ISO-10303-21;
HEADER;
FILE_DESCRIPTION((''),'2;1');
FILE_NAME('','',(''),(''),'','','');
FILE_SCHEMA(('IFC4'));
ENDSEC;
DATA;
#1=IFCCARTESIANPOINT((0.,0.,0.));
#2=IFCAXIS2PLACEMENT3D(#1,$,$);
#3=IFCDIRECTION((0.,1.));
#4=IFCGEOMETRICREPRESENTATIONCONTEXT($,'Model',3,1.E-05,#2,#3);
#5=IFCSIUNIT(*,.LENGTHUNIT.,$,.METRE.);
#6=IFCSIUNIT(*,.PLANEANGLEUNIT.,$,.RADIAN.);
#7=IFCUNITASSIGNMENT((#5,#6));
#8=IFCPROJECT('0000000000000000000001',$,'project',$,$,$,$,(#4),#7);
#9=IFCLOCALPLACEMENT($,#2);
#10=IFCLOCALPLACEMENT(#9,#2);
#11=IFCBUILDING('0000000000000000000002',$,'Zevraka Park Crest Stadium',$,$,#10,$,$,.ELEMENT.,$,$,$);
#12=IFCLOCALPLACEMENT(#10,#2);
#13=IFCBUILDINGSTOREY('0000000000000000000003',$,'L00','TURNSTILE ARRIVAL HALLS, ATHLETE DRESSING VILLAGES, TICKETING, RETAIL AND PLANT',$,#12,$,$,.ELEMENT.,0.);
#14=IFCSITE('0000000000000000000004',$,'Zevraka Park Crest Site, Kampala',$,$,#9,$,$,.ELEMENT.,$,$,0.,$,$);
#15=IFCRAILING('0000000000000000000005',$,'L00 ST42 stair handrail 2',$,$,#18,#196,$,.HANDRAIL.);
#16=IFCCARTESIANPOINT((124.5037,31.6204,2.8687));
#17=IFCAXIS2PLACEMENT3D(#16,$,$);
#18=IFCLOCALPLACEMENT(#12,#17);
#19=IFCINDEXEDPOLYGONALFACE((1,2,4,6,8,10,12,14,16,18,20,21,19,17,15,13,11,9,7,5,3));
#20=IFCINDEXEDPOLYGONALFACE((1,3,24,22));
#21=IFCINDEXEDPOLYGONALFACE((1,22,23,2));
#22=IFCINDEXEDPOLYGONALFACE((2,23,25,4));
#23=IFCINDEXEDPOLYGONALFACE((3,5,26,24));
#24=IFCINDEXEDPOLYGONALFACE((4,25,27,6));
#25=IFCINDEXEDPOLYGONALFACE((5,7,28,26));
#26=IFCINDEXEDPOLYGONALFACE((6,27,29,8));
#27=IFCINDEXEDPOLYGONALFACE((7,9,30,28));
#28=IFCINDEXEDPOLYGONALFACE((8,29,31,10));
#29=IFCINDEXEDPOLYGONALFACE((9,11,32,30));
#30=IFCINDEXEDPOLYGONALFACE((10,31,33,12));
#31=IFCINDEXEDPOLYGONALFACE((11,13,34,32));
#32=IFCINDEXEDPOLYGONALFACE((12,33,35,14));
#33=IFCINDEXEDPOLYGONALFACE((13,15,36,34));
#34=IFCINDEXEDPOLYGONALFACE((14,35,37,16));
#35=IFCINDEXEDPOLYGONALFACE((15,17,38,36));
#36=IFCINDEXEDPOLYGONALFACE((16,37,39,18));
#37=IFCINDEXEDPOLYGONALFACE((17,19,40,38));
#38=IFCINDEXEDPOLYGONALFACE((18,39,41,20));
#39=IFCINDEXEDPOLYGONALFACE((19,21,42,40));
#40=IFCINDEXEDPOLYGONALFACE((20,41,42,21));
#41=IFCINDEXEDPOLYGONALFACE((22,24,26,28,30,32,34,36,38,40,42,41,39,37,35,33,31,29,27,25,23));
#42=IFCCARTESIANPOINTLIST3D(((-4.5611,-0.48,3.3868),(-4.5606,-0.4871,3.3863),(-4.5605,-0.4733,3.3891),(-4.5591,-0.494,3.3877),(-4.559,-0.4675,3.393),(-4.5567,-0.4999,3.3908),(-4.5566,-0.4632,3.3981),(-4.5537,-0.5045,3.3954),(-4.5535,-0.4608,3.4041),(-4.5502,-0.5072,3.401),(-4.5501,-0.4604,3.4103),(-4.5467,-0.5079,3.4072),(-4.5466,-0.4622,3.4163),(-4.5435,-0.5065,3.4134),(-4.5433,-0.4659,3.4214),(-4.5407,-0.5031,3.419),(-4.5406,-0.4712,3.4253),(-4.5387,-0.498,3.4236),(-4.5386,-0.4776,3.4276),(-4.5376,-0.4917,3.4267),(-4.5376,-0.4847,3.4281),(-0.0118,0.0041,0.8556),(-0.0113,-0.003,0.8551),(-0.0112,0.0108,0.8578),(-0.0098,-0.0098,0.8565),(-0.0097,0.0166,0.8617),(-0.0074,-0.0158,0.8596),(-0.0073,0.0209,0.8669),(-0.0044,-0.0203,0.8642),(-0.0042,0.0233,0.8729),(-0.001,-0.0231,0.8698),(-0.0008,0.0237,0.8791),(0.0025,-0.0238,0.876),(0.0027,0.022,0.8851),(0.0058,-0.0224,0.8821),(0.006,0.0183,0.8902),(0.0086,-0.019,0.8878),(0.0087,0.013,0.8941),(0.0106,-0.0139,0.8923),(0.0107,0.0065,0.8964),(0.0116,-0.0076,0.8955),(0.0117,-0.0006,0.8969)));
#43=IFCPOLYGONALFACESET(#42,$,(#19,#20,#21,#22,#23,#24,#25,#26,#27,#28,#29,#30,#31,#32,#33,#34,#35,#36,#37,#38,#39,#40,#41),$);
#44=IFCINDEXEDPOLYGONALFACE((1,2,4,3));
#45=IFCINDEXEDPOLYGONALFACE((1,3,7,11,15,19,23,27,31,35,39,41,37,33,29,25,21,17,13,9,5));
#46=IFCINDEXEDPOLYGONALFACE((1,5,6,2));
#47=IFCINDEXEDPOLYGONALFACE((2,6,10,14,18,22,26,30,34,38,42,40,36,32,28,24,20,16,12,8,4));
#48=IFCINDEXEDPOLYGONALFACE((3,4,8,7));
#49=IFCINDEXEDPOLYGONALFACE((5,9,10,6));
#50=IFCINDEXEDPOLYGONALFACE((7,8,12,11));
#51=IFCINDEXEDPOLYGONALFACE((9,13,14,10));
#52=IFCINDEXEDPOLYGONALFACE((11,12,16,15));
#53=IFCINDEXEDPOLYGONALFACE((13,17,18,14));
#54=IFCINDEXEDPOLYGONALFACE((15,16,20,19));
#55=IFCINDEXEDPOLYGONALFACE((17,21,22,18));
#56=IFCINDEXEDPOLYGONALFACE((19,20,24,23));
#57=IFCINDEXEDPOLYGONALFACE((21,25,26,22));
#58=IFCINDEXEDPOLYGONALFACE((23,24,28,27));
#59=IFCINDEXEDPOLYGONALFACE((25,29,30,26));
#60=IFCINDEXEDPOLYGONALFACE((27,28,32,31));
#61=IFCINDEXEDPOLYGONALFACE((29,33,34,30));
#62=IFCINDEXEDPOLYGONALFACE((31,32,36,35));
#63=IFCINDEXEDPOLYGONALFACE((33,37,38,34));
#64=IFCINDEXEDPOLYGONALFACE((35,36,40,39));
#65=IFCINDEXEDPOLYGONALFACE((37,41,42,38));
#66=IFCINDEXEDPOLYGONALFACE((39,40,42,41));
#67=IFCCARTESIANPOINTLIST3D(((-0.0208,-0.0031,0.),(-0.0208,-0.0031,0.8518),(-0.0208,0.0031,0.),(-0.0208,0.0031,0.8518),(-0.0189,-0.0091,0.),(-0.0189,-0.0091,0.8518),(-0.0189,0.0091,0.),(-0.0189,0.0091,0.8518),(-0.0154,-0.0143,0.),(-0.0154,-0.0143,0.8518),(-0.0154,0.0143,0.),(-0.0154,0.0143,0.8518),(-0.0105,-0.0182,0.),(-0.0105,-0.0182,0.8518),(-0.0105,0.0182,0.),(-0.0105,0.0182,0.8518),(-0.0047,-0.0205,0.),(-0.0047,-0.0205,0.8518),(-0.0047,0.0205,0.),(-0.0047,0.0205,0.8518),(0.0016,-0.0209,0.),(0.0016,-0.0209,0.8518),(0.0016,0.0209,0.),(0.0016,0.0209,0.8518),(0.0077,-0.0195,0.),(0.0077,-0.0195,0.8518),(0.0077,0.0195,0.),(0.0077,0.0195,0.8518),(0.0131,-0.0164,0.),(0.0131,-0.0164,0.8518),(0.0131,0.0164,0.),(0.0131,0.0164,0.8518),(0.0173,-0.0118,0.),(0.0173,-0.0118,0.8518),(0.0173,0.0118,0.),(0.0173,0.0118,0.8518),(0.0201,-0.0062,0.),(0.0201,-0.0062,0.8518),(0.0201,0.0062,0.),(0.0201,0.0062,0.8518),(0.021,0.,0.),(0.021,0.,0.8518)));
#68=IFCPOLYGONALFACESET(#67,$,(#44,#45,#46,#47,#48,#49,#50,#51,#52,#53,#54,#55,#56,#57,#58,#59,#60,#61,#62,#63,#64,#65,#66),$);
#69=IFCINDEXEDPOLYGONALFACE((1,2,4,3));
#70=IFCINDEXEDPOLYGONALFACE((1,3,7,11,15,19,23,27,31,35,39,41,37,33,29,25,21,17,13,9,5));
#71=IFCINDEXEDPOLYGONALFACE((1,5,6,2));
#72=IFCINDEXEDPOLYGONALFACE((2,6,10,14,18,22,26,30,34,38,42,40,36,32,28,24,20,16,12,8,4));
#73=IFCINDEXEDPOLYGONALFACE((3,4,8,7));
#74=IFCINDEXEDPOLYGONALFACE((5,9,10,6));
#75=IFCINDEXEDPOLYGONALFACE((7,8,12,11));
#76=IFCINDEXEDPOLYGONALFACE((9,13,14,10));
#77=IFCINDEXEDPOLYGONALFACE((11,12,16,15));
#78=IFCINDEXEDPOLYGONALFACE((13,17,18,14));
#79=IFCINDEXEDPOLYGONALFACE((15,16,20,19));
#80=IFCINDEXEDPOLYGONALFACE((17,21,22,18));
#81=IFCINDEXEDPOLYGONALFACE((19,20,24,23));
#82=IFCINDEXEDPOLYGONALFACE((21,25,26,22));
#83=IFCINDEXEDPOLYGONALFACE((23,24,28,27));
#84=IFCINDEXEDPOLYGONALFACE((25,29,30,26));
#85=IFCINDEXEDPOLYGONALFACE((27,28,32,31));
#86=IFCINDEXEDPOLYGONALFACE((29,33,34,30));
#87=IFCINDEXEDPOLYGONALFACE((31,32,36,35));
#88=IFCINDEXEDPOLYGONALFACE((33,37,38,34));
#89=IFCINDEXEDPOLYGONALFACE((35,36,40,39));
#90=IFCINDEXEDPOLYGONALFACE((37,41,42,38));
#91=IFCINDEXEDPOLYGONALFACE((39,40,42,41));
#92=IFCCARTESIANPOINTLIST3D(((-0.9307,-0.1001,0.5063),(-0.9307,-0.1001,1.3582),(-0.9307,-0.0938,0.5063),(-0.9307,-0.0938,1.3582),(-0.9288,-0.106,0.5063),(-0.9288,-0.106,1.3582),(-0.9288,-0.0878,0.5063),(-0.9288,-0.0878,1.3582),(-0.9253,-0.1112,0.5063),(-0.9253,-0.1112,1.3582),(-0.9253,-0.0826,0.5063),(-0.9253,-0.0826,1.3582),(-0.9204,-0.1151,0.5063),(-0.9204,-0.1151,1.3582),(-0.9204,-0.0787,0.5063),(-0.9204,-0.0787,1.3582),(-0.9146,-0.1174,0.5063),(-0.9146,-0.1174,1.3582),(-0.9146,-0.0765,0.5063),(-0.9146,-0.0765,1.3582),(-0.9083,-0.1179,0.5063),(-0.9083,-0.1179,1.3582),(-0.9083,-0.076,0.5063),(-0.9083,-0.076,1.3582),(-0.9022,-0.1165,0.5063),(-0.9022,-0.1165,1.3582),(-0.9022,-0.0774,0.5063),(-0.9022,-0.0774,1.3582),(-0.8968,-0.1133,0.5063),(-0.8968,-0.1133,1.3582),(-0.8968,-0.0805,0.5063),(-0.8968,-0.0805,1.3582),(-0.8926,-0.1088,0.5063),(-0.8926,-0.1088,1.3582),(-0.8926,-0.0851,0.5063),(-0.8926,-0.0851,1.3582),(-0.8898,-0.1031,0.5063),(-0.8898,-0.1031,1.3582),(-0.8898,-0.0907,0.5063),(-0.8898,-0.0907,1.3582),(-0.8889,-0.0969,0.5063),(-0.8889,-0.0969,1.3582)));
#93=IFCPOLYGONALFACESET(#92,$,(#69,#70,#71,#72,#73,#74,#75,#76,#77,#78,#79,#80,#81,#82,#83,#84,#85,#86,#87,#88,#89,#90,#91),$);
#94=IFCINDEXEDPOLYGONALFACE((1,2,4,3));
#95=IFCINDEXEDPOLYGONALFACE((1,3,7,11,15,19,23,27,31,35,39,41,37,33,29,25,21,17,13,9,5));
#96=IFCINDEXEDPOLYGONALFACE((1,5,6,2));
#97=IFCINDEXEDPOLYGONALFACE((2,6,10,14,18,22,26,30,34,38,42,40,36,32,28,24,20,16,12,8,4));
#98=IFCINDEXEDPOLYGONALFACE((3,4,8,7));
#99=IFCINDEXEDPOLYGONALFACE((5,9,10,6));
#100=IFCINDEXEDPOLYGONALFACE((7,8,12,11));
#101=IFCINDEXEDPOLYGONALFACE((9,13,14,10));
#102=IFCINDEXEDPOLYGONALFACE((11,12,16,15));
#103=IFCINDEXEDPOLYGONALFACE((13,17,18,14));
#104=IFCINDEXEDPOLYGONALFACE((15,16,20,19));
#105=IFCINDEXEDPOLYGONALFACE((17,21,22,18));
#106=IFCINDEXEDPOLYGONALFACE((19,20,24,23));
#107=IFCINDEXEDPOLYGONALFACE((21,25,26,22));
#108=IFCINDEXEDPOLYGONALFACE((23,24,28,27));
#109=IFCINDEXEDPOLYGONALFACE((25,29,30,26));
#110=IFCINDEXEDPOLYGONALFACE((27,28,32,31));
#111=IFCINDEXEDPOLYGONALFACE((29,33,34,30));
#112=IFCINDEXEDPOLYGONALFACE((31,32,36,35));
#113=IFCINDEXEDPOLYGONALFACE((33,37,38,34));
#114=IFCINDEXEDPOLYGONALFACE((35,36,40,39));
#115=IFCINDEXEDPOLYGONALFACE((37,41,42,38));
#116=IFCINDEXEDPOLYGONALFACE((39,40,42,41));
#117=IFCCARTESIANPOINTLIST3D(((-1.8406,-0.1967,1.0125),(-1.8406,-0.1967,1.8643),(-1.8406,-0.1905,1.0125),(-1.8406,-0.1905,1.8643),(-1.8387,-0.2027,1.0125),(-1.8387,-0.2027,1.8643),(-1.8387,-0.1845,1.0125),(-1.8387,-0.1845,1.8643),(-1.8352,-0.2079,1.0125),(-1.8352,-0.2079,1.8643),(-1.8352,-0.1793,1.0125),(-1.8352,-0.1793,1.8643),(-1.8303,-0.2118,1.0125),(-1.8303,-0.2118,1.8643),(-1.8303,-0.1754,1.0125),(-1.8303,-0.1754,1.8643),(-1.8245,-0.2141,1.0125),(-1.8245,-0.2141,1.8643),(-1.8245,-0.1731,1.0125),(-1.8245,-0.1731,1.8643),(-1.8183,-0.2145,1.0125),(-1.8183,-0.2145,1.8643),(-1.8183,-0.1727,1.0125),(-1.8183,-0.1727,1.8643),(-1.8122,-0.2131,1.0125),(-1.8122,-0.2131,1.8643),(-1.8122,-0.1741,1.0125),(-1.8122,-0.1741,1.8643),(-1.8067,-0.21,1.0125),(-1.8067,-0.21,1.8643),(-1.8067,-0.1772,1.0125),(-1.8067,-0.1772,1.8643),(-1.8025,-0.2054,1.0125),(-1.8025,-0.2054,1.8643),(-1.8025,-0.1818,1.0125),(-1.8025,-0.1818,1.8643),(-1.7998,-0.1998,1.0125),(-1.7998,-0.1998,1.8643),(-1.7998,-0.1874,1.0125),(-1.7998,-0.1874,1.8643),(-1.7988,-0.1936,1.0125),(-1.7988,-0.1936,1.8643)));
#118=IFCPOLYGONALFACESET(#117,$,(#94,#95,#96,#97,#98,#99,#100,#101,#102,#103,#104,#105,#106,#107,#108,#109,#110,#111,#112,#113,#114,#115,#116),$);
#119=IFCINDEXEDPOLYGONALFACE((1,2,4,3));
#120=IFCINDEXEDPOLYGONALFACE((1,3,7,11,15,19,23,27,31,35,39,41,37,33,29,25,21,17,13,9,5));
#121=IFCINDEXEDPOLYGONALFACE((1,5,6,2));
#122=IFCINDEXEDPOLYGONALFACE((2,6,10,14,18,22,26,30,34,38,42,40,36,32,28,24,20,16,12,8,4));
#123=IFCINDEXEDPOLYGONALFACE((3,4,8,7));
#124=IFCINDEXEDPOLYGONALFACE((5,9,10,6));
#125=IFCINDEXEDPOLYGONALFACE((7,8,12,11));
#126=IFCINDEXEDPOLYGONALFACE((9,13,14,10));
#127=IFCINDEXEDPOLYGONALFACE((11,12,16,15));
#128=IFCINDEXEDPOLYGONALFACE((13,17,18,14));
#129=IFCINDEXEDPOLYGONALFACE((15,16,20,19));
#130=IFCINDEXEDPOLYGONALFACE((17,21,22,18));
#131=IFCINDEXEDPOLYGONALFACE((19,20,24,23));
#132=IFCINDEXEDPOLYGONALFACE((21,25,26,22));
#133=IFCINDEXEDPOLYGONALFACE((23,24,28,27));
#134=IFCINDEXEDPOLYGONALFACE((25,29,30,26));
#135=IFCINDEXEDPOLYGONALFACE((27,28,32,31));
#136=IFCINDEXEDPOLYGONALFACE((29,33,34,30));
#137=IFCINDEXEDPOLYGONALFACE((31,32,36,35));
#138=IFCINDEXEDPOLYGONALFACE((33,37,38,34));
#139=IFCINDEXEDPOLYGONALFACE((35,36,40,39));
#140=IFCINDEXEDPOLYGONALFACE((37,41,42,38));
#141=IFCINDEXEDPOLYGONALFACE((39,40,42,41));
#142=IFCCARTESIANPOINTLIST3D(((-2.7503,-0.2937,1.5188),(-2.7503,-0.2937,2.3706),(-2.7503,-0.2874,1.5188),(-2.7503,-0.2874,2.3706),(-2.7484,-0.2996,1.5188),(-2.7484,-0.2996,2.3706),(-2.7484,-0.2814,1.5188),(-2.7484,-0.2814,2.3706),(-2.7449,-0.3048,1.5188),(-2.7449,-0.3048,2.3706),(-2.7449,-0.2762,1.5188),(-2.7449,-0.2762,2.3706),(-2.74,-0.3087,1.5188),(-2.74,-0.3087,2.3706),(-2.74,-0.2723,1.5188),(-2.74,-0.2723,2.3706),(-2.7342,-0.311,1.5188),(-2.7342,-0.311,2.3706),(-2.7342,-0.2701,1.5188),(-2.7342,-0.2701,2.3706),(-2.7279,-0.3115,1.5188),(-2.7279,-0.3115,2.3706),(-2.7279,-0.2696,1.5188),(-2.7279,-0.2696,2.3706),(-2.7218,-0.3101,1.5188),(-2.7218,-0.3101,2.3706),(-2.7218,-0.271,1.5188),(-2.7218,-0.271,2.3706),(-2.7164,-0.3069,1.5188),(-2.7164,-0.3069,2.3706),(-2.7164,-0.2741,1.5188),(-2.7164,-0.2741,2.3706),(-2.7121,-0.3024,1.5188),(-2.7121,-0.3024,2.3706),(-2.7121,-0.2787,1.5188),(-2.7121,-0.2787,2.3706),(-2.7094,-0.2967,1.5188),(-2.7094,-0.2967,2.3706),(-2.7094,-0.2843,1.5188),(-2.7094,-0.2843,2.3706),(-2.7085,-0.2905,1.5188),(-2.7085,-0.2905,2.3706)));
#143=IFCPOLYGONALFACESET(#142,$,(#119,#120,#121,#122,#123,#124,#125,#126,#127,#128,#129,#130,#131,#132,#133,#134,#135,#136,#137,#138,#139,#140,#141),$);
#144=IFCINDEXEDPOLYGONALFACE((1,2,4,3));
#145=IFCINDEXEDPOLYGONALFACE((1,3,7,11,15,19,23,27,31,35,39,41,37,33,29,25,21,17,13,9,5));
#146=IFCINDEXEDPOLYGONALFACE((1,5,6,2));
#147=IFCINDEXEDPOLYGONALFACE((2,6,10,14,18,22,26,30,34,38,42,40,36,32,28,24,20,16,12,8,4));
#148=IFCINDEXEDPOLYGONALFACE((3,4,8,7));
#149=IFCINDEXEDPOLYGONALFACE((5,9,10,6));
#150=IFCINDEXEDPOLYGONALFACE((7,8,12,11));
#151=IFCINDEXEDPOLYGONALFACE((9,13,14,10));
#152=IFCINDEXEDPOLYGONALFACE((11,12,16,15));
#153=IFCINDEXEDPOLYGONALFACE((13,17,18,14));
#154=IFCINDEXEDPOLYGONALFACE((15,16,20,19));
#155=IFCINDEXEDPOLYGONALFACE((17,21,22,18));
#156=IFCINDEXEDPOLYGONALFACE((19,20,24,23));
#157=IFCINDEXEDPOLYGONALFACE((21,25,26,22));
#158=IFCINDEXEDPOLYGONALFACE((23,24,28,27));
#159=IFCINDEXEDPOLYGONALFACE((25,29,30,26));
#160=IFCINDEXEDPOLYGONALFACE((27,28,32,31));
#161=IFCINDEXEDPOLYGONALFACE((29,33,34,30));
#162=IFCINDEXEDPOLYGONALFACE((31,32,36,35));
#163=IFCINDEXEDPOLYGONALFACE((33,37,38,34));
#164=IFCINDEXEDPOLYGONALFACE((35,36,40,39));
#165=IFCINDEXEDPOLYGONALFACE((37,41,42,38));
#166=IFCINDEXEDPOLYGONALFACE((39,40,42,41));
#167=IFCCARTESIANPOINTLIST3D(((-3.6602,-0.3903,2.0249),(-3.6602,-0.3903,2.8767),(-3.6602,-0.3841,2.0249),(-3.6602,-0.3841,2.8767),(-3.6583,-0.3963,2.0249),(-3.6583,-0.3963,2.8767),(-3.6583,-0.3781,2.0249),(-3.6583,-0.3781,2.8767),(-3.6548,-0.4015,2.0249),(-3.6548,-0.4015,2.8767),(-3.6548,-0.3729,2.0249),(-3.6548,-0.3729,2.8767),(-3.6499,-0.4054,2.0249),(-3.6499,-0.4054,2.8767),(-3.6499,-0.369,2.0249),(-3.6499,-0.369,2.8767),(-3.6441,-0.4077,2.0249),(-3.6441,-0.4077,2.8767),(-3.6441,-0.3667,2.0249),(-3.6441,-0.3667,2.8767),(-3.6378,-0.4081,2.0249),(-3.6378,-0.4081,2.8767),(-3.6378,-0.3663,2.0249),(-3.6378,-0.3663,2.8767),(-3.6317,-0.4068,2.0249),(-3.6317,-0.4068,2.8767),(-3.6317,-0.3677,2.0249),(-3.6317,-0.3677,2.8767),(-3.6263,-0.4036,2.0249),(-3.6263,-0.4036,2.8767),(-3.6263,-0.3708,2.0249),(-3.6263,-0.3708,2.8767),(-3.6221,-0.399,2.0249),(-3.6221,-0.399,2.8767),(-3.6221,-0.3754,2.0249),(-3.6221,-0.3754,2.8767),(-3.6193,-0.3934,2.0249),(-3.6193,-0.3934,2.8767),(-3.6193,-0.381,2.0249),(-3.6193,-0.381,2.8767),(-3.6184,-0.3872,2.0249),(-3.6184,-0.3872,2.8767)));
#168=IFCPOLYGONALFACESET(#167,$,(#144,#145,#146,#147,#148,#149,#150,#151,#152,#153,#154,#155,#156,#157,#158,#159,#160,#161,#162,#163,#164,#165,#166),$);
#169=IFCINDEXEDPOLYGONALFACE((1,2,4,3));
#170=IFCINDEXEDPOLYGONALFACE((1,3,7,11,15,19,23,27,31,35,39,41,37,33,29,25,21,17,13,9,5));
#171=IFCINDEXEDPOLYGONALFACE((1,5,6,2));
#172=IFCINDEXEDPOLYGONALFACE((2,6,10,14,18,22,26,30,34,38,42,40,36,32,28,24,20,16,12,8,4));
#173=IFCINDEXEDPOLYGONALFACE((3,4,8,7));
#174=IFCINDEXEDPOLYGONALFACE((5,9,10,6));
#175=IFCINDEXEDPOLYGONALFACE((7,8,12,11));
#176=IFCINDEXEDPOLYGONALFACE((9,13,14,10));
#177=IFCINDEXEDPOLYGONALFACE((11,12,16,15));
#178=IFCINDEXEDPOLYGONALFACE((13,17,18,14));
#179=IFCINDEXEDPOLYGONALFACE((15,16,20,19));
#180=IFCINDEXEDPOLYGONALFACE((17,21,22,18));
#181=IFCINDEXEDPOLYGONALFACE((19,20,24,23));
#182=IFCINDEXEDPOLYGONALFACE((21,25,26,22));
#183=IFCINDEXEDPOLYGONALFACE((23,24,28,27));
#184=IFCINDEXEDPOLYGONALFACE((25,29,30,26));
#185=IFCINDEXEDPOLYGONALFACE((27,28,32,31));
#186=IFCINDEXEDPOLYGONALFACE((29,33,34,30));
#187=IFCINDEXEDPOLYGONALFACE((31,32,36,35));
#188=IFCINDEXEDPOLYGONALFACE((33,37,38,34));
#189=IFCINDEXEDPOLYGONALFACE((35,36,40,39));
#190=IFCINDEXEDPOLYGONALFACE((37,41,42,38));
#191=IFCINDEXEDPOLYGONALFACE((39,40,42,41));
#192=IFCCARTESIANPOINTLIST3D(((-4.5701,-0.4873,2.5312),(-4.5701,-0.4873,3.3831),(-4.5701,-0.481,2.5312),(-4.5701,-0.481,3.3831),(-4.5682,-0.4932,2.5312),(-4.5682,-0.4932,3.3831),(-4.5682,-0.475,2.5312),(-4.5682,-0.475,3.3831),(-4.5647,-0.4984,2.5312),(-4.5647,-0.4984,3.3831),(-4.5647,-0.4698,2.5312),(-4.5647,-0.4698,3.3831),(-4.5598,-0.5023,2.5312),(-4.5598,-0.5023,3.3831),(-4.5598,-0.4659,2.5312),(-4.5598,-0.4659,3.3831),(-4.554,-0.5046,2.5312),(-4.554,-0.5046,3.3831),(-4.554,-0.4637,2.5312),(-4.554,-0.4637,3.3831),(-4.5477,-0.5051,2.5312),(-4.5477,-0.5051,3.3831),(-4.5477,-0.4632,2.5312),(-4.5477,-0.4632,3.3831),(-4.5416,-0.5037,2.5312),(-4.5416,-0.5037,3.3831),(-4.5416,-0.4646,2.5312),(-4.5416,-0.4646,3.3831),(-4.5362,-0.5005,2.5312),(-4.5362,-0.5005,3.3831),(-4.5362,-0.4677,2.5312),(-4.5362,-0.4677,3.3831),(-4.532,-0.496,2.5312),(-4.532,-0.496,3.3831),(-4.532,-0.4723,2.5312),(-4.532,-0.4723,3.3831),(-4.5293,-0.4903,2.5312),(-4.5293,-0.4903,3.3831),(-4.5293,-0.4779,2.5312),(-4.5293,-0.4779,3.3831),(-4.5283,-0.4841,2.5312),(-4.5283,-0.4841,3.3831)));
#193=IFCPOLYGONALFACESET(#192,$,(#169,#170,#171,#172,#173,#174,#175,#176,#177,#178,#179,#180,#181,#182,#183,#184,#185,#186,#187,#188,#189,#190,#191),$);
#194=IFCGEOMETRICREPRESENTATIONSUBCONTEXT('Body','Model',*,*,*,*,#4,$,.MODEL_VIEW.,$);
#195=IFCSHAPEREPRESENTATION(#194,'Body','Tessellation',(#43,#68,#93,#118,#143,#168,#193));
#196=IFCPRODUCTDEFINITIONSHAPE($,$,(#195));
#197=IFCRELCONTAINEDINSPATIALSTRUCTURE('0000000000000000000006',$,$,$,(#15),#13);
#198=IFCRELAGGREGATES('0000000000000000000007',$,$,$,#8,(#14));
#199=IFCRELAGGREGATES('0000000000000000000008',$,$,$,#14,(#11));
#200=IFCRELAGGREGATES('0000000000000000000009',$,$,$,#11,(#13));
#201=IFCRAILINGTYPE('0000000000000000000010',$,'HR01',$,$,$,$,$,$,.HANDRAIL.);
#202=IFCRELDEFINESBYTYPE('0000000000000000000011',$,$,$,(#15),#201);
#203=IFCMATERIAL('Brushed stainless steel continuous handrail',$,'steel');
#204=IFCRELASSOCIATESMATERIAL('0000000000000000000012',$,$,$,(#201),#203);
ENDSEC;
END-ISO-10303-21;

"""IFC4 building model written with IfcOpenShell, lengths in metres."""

from ifc_helpers import new_model, si_unit, direction, frame, origin, origin_2d, place, context, subcontext, project, spatial, circle, extrude, material, type_object, element, save


model = new_model("IFC4")

# Units and contexts
model_context = context("Model", 3, precision=1e-05, world=origin(), true_north=direction((0.0, 1.0)))
body_context = subcontext(model_context, "Body", "Model", "MODEL_VIEW")
ifc_project = project(units=[si_unit("LENGTHUNIT", "METRE"), si_unit("PLANEANGLEUNIT", "RADIAN")], contexts=[model_context])

# Site, building, storey
site_placement = place(None, origin())
site = spatial("IfcSite", under=ifc_project, at=site_placement, Name="Zevraka Park Crest Site, Kampala", CompositionType="ELEMENT", RefElevation=0.0)
building_placement = place(site_placement, origin())
building = spatial("IfcBuilding", under=site, at=building_placement, Name="Zevraka Park Crest Stadium", CompositionType="ELEMENT")
storey_placement = place(building_placement, origin())
storey = spatial("IfcBuildingStorey", under=building, at=storey_placement, Name="L00", Description="TURNSTILE ARRIVAL HALLS, ATHLETE DRESSING VILLAGES, TICKETING, RETAIL AND PLANT", CompositionType="ELEMENT", Elevation=0.0)

# Railing
ifc_material_1 = material(Name="Brushed stainless steel continuous handrail", Category="steel")
railing_type_1 = type_object("IfcRailingType", Name="HR01", PredefinedType="HANDRAIL", material=ifc_material_1)
railing_1_placement = place(storey_placement, frame((124.5037, 31.6204, 2.8687)))
element("IfcRailing", 1, at=railing_1_placement, inside=storey, type_object=railing_type_1, Name="L00 ST42 stair handrail 2", PredefinedType="HANDRAIL", context=body_context, shape_type="SweptSolid", body=[
    extrude(circle(Radius=0.0239, at=origin_2d()), frame((0.0, 0.0, 0.876), z_axis=(-0.870089, -0.092593, 0.484119), x_axis=(0.105821, -0.994385, 0.0)), (0.0, 0.0, 1.0), 5.2285),
    extrude(circle(Radius=0.021, at=origin_2d()), origin(), (0.0, 0.0, 1.0), 0.8518),
    extrude(circle(Radius=0.021, at=origin_2d()), frame((-0.9099, -0.0969, 0.5063)), (0.0, 0.0, 1.0), 0.8518),
    extrude(circle(Radius=0.021, at=origin_2d()), frame((-1.8198, -0.1936, 1.0125)), (0.0, 0.0, 1.0), 0.8518),
    extrude(circle(Radius=0.021, at=origin_2d()), frame((-2.7295, -0.2905, 1.5188)), (0.0, 0.0, 1.0), 0.8518),
    extrude(circle(Radius=0.021, at=origin_2d()), frame((-3.6394, -0.3872, 2.0249)), (0.0, 0.0, 1.0), 0.8518),
    extrude(circle(Radius=0.021, at=origin_2d()), frame((-4.5493, -0.4841, 2.5312)), (0.0, 0.0, 1.0), 0.8518),
])

save(model, "model.ifc")
